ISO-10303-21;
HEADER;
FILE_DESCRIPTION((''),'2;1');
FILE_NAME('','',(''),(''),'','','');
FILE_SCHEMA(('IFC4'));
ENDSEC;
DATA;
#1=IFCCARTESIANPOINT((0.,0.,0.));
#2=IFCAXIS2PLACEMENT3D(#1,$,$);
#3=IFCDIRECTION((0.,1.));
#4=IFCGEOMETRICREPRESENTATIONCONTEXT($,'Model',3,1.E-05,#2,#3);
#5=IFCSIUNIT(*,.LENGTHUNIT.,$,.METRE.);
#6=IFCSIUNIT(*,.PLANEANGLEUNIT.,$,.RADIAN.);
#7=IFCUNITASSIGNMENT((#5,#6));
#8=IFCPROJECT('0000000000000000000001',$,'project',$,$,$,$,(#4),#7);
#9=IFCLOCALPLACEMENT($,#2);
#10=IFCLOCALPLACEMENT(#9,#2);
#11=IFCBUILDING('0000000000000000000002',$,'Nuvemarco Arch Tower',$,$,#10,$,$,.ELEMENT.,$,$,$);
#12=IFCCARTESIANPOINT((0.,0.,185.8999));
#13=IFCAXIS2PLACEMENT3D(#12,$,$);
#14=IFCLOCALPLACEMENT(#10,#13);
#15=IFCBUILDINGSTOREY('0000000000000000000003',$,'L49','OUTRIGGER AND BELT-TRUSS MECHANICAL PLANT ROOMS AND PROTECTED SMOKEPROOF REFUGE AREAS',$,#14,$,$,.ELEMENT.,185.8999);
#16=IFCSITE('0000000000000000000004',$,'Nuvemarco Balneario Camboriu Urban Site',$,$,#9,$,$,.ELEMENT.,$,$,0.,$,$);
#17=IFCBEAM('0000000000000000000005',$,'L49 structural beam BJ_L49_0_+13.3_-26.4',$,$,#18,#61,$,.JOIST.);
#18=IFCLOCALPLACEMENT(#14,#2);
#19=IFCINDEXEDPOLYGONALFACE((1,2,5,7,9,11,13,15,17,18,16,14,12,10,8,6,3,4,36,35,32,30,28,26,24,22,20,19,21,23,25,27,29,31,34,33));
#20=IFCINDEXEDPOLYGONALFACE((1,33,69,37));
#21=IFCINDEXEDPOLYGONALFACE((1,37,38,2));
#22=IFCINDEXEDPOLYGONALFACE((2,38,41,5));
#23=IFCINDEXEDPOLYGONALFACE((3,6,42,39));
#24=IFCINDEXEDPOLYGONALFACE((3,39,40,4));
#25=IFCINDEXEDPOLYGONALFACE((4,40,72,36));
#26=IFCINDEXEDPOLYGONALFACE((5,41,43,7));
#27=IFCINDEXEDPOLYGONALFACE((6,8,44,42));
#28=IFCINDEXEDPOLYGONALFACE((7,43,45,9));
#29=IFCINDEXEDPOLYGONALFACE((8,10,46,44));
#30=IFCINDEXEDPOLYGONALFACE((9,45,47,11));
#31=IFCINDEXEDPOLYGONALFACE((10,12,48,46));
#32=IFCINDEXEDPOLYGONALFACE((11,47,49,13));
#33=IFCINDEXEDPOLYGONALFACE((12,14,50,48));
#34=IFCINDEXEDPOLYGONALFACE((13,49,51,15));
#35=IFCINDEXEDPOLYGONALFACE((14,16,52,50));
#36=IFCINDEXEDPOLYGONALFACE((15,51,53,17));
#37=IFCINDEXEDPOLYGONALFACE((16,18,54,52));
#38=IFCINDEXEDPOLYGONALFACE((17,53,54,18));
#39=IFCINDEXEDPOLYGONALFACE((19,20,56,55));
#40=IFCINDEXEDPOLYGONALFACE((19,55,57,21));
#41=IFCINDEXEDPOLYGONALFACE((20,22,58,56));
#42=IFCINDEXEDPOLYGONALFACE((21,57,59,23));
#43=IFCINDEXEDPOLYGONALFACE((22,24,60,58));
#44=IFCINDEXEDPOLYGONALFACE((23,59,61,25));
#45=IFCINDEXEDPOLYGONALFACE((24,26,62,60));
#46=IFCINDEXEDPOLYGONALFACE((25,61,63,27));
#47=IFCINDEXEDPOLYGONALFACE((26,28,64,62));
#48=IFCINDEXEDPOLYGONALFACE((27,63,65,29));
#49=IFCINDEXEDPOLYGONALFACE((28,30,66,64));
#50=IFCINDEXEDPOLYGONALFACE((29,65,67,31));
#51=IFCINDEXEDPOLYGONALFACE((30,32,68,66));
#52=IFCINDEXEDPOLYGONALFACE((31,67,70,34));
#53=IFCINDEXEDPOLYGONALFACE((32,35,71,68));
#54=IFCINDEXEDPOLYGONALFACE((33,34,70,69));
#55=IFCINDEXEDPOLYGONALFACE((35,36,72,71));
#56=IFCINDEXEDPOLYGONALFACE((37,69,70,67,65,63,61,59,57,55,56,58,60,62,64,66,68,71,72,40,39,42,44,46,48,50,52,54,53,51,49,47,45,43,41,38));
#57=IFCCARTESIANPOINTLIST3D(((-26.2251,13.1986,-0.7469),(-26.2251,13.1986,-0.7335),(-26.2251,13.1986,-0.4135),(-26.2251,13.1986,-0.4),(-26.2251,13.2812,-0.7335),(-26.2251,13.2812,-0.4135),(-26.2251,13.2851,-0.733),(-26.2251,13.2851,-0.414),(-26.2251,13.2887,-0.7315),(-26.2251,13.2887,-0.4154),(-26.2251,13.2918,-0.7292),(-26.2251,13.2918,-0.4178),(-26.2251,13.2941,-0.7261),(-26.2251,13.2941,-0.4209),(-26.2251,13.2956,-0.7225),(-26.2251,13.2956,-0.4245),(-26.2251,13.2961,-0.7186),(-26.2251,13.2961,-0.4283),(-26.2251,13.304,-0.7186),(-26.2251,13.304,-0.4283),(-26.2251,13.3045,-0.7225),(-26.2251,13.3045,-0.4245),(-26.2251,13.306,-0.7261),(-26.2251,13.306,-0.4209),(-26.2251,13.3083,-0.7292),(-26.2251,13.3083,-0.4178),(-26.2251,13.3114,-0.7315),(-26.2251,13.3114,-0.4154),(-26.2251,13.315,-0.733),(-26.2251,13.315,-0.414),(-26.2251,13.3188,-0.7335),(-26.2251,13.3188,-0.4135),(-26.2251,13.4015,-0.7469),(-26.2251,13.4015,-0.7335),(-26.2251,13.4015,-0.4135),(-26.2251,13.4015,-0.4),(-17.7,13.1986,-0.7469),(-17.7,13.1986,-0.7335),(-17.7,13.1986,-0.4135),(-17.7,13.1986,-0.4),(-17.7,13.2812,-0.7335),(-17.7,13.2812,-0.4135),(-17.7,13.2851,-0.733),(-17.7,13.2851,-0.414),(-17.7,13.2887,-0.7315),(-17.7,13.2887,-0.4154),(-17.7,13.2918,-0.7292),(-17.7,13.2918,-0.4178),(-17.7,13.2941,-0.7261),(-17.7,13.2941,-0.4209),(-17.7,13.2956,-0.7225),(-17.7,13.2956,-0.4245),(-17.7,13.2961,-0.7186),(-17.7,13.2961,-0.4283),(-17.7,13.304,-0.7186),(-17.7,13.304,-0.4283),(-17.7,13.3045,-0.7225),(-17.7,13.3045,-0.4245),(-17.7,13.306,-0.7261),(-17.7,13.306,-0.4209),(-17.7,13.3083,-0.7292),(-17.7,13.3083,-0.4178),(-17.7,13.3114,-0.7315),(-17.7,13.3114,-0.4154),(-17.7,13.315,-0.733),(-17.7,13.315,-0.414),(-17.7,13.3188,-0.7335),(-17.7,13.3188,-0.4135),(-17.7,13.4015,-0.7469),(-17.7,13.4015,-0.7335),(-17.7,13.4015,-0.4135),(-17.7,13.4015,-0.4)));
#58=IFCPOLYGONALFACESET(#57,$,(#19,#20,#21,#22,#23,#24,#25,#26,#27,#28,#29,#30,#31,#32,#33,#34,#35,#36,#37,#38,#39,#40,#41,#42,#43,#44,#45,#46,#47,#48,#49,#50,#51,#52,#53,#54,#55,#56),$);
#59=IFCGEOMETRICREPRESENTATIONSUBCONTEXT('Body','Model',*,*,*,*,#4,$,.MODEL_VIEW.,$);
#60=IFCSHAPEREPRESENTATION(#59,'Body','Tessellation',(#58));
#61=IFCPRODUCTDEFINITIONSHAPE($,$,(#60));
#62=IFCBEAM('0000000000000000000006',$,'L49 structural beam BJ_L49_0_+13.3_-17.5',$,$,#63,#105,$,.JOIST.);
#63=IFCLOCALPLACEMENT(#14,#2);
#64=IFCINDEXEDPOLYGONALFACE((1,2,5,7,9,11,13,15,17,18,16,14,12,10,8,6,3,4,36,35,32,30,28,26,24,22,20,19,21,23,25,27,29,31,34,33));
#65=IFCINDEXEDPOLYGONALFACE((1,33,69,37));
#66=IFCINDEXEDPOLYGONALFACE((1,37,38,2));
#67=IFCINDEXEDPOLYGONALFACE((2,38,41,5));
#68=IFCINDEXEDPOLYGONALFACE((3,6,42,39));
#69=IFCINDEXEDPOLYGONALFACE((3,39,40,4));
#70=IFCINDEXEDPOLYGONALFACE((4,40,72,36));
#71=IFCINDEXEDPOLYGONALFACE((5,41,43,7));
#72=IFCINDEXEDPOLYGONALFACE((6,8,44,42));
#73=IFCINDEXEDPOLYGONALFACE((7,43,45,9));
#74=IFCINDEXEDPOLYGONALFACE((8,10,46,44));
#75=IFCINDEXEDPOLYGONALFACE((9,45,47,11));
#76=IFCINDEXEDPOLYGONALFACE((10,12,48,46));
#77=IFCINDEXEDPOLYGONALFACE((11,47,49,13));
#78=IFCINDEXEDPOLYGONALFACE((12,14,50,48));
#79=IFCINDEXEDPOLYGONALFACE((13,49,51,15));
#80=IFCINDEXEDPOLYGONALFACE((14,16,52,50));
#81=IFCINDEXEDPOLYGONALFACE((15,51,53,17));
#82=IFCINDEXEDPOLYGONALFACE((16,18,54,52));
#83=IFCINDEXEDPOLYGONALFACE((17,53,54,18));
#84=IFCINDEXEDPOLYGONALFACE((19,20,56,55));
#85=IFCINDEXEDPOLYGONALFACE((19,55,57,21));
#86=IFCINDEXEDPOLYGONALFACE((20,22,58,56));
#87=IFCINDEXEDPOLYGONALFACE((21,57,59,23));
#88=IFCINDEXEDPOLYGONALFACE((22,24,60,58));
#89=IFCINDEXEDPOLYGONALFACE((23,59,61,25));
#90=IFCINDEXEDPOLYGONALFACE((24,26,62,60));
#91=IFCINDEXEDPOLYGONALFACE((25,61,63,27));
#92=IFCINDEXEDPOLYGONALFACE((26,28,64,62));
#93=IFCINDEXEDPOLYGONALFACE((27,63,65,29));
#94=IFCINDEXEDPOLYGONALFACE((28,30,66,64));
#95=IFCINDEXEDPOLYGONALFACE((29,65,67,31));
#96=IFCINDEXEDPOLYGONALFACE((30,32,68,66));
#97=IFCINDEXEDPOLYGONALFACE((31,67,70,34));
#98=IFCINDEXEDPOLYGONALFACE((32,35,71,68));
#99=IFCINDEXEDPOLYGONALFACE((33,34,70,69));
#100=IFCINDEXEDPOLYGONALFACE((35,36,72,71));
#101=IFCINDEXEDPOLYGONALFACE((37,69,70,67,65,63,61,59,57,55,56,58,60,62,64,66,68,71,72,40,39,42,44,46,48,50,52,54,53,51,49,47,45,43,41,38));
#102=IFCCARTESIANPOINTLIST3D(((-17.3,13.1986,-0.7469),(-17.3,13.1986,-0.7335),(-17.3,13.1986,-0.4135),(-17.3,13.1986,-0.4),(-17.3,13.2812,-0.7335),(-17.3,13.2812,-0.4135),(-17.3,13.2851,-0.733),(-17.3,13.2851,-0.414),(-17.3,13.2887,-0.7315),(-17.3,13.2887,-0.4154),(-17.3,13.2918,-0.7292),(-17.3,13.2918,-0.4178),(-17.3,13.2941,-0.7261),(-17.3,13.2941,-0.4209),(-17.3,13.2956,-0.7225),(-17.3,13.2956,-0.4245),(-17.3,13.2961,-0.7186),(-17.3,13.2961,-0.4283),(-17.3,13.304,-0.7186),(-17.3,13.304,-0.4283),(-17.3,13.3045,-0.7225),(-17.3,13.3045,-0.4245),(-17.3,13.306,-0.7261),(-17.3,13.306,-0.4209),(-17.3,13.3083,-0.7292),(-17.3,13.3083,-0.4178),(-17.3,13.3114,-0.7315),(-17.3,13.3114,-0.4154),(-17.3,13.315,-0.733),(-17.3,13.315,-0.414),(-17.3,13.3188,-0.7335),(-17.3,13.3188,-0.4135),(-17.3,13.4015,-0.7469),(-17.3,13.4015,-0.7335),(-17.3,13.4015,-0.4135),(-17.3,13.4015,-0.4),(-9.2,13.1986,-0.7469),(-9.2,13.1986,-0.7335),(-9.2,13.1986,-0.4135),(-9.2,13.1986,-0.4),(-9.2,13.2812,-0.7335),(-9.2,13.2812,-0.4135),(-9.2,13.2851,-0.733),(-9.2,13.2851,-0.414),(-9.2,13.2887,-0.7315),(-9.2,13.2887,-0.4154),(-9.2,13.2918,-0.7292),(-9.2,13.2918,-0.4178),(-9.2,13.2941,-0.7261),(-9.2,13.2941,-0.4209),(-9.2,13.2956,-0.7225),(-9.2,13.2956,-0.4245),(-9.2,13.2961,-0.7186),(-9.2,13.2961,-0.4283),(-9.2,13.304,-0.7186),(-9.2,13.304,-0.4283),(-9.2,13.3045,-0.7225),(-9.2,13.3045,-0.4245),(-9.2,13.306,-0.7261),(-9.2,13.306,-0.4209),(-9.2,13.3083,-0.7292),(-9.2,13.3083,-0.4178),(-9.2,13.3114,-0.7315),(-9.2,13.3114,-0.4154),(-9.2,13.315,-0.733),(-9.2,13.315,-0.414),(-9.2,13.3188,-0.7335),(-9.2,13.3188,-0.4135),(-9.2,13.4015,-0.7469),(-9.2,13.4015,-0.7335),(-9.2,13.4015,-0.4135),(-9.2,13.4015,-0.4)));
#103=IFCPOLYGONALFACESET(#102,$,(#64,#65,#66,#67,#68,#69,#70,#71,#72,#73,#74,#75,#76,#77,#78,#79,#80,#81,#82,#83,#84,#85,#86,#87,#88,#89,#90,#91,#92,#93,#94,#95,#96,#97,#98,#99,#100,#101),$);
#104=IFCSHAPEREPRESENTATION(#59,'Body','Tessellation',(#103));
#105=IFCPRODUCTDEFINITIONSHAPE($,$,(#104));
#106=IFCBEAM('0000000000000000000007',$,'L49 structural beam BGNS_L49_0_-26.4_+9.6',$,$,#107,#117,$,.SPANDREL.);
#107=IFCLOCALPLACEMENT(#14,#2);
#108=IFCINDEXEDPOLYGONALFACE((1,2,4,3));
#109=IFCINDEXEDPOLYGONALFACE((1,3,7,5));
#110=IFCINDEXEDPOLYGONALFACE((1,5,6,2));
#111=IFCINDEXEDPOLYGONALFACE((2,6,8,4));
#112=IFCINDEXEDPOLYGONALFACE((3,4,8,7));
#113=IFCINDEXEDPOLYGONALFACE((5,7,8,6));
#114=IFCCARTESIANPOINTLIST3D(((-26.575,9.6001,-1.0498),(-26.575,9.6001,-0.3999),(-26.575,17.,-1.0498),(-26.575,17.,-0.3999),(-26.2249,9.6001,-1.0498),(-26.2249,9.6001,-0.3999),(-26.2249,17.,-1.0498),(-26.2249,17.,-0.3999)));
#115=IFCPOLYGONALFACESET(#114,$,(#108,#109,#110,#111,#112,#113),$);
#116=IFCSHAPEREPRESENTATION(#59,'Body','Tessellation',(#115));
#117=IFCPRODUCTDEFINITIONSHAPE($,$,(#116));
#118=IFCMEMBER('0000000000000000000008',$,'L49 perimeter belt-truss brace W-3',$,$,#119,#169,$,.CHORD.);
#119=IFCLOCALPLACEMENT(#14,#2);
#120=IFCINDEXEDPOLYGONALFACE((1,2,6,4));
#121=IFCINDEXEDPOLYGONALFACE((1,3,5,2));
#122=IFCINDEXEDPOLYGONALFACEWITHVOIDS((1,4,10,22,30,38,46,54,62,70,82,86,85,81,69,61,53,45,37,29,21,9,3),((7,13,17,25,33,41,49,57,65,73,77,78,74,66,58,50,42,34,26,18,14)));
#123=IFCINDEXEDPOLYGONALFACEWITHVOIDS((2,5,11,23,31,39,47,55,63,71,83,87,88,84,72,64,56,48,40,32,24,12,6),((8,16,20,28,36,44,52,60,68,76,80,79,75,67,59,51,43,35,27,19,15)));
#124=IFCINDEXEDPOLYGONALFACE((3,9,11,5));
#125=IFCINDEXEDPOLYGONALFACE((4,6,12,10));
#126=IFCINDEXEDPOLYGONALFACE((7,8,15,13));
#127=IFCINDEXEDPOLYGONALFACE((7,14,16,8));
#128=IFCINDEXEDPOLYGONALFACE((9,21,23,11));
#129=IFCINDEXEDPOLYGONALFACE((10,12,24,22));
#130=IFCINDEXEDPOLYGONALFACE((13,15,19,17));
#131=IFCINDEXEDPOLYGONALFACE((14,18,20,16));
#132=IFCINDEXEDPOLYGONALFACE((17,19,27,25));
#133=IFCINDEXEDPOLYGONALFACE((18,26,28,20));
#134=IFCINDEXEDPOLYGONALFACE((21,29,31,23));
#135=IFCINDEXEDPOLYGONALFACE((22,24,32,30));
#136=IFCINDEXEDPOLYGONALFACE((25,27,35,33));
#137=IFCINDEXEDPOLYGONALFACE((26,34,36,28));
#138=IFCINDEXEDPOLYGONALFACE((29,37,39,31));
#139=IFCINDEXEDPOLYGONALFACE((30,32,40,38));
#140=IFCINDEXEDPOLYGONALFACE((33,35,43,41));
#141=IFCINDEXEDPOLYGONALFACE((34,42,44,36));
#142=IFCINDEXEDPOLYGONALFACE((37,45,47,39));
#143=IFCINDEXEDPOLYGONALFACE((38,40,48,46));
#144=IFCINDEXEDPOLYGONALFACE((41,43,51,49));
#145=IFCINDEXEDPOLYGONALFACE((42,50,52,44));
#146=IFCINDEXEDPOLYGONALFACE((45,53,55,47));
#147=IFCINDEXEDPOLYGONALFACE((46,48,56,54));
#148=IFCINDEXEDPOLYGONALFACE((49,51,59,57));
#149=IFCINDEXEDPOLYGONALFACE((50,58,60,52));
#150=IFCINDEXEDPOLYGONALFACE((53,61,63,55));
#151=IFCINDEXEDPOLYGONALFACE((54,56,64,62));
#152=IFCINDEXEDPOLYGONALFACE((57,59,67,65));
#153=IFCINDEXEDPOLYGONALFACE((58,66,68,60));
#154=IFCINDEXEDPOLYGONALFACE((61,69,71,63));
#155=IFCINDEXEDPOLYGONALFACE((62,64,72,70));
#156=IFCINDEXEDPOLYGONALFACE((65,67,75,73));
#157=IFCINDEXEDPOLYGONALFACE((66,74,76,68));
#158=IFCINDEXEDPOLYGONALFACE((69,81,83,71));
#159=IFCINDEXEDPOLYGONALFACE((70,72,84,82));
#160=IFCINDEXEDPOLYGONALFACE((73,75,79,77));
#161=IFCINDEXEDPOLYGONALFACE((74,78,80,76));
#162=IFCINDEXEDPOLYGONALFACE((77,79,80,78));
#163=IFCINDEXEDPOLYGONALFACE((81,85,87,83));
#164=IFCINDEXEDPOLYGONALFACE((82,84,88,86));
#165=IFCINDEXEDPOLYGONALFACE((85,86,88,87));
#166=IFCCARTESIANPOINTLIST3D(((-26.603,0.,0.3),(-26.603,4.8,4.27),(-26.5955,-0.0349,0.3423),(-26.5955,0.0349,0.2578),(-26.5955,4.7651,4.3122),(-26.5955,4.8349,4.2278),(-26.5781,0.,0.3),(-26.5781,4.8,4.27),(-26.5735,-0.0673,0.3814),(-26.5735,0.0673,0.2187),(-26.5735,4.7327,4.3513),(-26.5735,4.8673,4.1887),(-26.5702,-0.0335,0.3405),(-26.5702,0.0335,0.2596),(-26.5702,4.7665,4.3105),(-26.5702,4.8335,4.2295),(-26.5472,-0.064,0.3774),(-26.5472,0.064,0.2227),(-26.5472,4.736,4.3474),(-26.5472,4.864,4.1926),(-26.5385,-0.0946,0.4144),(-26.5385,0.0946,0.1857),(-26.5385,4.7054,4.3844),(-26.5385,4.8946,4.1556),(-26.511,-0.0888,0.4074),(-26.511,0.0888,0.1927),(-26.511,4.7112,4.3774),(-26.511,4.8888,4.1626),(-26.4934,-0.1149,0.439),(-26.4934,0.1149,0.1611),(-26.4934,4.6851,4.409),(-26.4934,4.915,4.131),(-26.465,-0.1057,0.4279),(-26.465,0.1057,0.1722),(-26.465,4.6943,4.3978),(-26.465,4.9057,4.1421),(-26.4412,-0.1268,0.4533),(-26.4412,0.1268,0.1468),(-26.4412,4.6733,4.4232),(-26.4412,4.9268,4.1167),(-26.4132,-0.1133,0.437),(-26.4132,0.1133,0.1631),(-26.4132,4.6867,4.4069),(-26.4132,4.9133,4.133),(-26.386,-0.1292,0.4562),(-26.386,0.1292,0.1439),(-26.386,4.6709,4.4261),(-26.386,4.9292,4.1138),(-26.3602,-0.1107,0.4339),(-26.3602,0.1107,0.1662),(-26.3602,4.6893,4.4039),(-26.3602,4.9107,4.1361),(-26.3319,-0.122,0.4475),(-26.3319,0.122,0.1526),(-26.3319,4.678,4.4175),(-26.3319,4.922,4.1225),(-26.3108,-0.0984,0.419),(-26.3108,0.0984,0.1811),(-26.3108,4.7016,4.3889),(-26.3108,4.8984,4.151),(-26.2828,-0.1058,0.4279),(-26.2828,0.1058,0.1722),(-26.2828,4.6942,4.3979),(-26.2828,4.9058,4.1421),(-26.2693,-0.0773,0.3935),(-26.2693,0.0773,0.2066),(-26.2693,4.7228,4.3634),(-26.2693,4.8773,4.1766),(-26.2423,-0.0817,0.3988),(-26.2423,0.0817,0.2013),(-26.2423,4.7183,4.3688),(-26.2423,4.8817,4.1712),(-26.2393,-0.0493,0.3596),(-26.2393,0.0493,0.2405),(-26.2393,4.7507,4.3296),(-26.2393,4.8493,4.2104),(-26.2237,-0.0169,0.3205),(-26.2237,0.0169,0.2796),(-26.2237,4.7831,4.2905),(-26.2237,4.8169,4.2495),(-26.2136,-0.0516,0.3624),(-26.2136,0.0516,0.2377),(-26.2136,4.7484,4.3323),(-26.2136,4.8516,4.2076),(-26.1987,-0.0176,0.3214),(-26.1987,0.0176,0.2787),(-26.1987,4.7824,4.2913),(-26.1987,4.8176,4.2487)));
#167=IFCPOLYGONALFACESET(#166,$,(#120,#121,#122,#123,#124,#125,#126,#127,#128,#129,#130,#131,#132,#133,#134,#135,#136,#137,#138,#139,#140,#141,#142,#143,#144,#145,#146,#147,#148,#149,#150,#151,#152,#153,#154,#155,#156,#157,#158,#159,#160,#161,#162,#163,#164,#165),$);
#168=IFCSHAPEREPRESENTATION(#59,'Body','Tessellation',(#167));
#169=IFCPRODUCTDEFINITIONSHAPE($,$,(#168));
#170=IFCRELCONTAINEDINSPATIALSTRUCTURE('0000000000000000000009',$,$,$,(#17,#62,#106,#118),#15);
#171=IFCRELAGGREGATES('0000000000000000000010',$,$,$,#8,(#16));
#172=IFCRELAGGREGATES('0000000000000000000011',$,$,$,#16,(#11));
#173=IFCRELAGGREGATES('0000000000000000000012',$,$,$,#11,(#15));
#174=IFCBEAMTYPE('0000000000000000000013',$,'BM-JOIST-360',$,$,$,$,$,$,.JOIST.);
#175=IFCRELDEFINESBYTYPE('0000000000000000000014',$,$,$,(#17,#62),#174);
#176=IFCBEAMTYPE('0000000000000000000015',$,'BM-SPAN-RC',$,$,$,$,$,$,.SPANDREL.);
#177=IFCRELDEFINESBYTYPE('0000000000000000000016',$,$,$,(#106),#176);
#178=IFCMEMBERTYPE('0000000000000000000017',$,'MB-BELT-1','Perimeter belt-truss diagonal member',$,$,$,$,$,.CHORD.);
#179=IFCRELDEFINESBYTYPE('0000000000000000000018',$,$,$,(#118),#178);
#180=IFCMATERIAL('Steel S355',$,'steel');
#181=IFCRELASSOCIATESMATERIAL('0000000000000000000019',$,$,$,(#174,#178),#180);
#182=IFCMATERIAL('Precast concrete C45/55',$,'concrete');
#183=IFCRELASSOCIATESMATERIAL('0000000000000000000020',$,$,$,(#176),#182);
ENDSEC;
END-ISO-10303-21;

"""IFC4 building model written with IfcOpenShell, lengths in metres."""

from ifc_helpers import new_model, si_unit, direction, frame, origin, origin_2d, place, context, subcontext, project, spatial, rectangle, hollow_circle, i_section, extrude, material, material_profile, profile_set, type_object, element, save


model = new_model("IFC4")

# Units and contexts
model_context = context("Model", 3, precision=1e-05, world=origin(), true_north=direction((0.0, 1.0)))
body_context = subcontext(model_context, "Body", "Model", "MODEL_VIEW")
ifc_project = project(units=[si_unit("LENGTHUNIT", "METRE"), si_unit("PLANEANGLEUNIT", "RADIAN")], contexts=[model_context])

# Site, building, storey
site_placement = place(None, origin())
site = spatial("IfcSite", under=ifc_project, at=site_placement, Name="Nuvemarco Balneario Camboriu Urban Site", CompositionType="ELEMENT", RefElevation=0.0)
building_placement = place(site_placement, origin())
building = spatial("IfcBuilding", under=site, at=building_placement, Name="Nuvemarco Arch Tower", CompositionType="ELEMENT")
storey_placement = place(building_placement, frame((0.0, 0.0, 185.8999)))
storey = spatial("IfcBuildingStorey", under=building, at=storey_placement, Name="L49", Description="OUTRIGGER AND BELT-TRUSS MECHANICAL PLANT ROOMS AND PROTECTED SMOKEPROOF REFUGE AREAS", CompositionType="ELEMENT", Elevation=185.8999)

# Shared definitions
ifc_material_1 = material(Name="Steel S355", Category="steel")

# Beams
ifc_material_profile_1 = material_profile(ifc_material_1, i_section(OverallWidth=0.2029, OverallDepth=0.3469, WebThickness=0.0078, FlangeThickness=0.0134, FilletRadius=0.0149, at=origin_2d()), Name="W360x64")
ifc_profile_set_1 = profile_set([ifc_material_profile_1], Name="Steel S355")
beam_type_1 = type_object("IfcBeamType", Name="BM-JOIST-360", PredefinedType="JOIST", material=ifc_profile_set_1)
beam_1_placement = place(storey_placement, frame((-26.2251, 13.3, -0.5735), z_axis=(1.0, 0.0, 0.0), x_axis=(0.0, 1.0, 0.0)))
element("IfcBeam", 1, at=beam_1_placement, inside=storey, type_object=beam_type_1, Name="L49 structural beam BJ_L49_0_+13.3_-26.4", PredefinedType="JOIST", context=body_context, shape_type="SweptSolid", body=[
    extrude(i_section(OverallWidth=0.2029, OverallDepth=0.3469, WebThickness=0.0078, FlangeThickness=0.0134, FilletRadius=0.0149, at=origin_2d()), origin(), (0.0, 0.0, 1.0), 8.5251),
])
beam_2_placement = place(storey_placement, frame((-17.3, 13.3, -0.5735), z_axis=(1.0, 0.0, 0.0), x_axis=(0.0, 1.0, 0.0)))
element("IfcBeam", 2, at=beam_2_placement, inside=storey, type_object=beam_type_1, Name="L49 structural beam BJ_L49_0_+13.3_-17.5", PredefinedType="JOIST", context=body_context, shape_type="SweptSolid", body=[
    extrude(i_section(OverallWidth=0.2029, OverallDepth=0.3469, WebThickness=0.0078, FlangeThickness=0.0134, FilletRadius=0.0149, at=origin_2d()), origin(), (0.0, 0.0, 1.0), 8.1001),
])
ifc_material_2 = material(Name="Precast concrete C45/55", Category="concrete")
ifc_material_profile_2 = material_profile(ifc_material_2, rectangle(XDim=0.3501, YDim=0.6499, at=origin_2d()), Name="PC-SP-350x650")
ifc_profile_set_2 = profile_set([ifc_material_profile_2], Name="Precast concrete C45/55")
beam_type_2 = type_object("IfcBeamType", Name="BM-SPAN-RC", PredefinedType="SPANDREL", material=ifc_profile_set_2)
beam_3_placement = place(storey_placement, frame((-26.3999, 9.6001, -0.7249), z_axis=(0.0, 1.0, 0.0), x_axis=(-1.0, 0.0, 0.0)))
element("IfcBeam", 3, at=beam_3_placement, inside=storey, type_object=beam_type_2, Name="L49 structural beam BGNS_L49_0_-26.4_+9.6", PredefinedType="SPANDREL", context=body_context, shape_type="SweptSolid", body=[
    extrude(rectangle(XDim=0.3501, YDim=0.6499, at=origin_2d()), origin(), (0.0, 0.0, 1.0), 7.3999),
])

# Member
ifc_material_profile_3 = material_profile(ifc_material_1, hollow_circle(Radius=0.2031, WallThickness=0.0249, at=origin_2d()), Name="CHS406.4x25")
ifc_profile_set_3 = profile_set([ifc_material_profile_3], Name="Steel S355")
member_type_1 = type_object("IfcMemberType", Name="MB-BELT-1", Description="Perimeter belt-truss diagonal member", PredefinedType="CHORD", material=ifc_profile_set_3)
for number, where, z_axis, x_axis, name in (
    (4, (-26.3999, 0.0, 0.3), (0.0, 0.77059, 0.637331), (-1.0, 0.0, 0.0), "L49 perimeter belt-truss brace W-3"),
):
    element("IfcMember", number, at=place(storey_placement, frame(where, z_axis=z_axis, x_axis=x_axis)), inside=storey, type_object=member_type_1, Name=name, PredefinedType="CHORD", context=body_context, shape_type="SweptSolid", body=[
        extrude(hollow_circle(Radius=0.2031, WallThickness=0.0249, at=origin_2d()), origin(), (0.0, 0.0, 1.0), 6.229),
    ])

save(model, "model.ifc")
